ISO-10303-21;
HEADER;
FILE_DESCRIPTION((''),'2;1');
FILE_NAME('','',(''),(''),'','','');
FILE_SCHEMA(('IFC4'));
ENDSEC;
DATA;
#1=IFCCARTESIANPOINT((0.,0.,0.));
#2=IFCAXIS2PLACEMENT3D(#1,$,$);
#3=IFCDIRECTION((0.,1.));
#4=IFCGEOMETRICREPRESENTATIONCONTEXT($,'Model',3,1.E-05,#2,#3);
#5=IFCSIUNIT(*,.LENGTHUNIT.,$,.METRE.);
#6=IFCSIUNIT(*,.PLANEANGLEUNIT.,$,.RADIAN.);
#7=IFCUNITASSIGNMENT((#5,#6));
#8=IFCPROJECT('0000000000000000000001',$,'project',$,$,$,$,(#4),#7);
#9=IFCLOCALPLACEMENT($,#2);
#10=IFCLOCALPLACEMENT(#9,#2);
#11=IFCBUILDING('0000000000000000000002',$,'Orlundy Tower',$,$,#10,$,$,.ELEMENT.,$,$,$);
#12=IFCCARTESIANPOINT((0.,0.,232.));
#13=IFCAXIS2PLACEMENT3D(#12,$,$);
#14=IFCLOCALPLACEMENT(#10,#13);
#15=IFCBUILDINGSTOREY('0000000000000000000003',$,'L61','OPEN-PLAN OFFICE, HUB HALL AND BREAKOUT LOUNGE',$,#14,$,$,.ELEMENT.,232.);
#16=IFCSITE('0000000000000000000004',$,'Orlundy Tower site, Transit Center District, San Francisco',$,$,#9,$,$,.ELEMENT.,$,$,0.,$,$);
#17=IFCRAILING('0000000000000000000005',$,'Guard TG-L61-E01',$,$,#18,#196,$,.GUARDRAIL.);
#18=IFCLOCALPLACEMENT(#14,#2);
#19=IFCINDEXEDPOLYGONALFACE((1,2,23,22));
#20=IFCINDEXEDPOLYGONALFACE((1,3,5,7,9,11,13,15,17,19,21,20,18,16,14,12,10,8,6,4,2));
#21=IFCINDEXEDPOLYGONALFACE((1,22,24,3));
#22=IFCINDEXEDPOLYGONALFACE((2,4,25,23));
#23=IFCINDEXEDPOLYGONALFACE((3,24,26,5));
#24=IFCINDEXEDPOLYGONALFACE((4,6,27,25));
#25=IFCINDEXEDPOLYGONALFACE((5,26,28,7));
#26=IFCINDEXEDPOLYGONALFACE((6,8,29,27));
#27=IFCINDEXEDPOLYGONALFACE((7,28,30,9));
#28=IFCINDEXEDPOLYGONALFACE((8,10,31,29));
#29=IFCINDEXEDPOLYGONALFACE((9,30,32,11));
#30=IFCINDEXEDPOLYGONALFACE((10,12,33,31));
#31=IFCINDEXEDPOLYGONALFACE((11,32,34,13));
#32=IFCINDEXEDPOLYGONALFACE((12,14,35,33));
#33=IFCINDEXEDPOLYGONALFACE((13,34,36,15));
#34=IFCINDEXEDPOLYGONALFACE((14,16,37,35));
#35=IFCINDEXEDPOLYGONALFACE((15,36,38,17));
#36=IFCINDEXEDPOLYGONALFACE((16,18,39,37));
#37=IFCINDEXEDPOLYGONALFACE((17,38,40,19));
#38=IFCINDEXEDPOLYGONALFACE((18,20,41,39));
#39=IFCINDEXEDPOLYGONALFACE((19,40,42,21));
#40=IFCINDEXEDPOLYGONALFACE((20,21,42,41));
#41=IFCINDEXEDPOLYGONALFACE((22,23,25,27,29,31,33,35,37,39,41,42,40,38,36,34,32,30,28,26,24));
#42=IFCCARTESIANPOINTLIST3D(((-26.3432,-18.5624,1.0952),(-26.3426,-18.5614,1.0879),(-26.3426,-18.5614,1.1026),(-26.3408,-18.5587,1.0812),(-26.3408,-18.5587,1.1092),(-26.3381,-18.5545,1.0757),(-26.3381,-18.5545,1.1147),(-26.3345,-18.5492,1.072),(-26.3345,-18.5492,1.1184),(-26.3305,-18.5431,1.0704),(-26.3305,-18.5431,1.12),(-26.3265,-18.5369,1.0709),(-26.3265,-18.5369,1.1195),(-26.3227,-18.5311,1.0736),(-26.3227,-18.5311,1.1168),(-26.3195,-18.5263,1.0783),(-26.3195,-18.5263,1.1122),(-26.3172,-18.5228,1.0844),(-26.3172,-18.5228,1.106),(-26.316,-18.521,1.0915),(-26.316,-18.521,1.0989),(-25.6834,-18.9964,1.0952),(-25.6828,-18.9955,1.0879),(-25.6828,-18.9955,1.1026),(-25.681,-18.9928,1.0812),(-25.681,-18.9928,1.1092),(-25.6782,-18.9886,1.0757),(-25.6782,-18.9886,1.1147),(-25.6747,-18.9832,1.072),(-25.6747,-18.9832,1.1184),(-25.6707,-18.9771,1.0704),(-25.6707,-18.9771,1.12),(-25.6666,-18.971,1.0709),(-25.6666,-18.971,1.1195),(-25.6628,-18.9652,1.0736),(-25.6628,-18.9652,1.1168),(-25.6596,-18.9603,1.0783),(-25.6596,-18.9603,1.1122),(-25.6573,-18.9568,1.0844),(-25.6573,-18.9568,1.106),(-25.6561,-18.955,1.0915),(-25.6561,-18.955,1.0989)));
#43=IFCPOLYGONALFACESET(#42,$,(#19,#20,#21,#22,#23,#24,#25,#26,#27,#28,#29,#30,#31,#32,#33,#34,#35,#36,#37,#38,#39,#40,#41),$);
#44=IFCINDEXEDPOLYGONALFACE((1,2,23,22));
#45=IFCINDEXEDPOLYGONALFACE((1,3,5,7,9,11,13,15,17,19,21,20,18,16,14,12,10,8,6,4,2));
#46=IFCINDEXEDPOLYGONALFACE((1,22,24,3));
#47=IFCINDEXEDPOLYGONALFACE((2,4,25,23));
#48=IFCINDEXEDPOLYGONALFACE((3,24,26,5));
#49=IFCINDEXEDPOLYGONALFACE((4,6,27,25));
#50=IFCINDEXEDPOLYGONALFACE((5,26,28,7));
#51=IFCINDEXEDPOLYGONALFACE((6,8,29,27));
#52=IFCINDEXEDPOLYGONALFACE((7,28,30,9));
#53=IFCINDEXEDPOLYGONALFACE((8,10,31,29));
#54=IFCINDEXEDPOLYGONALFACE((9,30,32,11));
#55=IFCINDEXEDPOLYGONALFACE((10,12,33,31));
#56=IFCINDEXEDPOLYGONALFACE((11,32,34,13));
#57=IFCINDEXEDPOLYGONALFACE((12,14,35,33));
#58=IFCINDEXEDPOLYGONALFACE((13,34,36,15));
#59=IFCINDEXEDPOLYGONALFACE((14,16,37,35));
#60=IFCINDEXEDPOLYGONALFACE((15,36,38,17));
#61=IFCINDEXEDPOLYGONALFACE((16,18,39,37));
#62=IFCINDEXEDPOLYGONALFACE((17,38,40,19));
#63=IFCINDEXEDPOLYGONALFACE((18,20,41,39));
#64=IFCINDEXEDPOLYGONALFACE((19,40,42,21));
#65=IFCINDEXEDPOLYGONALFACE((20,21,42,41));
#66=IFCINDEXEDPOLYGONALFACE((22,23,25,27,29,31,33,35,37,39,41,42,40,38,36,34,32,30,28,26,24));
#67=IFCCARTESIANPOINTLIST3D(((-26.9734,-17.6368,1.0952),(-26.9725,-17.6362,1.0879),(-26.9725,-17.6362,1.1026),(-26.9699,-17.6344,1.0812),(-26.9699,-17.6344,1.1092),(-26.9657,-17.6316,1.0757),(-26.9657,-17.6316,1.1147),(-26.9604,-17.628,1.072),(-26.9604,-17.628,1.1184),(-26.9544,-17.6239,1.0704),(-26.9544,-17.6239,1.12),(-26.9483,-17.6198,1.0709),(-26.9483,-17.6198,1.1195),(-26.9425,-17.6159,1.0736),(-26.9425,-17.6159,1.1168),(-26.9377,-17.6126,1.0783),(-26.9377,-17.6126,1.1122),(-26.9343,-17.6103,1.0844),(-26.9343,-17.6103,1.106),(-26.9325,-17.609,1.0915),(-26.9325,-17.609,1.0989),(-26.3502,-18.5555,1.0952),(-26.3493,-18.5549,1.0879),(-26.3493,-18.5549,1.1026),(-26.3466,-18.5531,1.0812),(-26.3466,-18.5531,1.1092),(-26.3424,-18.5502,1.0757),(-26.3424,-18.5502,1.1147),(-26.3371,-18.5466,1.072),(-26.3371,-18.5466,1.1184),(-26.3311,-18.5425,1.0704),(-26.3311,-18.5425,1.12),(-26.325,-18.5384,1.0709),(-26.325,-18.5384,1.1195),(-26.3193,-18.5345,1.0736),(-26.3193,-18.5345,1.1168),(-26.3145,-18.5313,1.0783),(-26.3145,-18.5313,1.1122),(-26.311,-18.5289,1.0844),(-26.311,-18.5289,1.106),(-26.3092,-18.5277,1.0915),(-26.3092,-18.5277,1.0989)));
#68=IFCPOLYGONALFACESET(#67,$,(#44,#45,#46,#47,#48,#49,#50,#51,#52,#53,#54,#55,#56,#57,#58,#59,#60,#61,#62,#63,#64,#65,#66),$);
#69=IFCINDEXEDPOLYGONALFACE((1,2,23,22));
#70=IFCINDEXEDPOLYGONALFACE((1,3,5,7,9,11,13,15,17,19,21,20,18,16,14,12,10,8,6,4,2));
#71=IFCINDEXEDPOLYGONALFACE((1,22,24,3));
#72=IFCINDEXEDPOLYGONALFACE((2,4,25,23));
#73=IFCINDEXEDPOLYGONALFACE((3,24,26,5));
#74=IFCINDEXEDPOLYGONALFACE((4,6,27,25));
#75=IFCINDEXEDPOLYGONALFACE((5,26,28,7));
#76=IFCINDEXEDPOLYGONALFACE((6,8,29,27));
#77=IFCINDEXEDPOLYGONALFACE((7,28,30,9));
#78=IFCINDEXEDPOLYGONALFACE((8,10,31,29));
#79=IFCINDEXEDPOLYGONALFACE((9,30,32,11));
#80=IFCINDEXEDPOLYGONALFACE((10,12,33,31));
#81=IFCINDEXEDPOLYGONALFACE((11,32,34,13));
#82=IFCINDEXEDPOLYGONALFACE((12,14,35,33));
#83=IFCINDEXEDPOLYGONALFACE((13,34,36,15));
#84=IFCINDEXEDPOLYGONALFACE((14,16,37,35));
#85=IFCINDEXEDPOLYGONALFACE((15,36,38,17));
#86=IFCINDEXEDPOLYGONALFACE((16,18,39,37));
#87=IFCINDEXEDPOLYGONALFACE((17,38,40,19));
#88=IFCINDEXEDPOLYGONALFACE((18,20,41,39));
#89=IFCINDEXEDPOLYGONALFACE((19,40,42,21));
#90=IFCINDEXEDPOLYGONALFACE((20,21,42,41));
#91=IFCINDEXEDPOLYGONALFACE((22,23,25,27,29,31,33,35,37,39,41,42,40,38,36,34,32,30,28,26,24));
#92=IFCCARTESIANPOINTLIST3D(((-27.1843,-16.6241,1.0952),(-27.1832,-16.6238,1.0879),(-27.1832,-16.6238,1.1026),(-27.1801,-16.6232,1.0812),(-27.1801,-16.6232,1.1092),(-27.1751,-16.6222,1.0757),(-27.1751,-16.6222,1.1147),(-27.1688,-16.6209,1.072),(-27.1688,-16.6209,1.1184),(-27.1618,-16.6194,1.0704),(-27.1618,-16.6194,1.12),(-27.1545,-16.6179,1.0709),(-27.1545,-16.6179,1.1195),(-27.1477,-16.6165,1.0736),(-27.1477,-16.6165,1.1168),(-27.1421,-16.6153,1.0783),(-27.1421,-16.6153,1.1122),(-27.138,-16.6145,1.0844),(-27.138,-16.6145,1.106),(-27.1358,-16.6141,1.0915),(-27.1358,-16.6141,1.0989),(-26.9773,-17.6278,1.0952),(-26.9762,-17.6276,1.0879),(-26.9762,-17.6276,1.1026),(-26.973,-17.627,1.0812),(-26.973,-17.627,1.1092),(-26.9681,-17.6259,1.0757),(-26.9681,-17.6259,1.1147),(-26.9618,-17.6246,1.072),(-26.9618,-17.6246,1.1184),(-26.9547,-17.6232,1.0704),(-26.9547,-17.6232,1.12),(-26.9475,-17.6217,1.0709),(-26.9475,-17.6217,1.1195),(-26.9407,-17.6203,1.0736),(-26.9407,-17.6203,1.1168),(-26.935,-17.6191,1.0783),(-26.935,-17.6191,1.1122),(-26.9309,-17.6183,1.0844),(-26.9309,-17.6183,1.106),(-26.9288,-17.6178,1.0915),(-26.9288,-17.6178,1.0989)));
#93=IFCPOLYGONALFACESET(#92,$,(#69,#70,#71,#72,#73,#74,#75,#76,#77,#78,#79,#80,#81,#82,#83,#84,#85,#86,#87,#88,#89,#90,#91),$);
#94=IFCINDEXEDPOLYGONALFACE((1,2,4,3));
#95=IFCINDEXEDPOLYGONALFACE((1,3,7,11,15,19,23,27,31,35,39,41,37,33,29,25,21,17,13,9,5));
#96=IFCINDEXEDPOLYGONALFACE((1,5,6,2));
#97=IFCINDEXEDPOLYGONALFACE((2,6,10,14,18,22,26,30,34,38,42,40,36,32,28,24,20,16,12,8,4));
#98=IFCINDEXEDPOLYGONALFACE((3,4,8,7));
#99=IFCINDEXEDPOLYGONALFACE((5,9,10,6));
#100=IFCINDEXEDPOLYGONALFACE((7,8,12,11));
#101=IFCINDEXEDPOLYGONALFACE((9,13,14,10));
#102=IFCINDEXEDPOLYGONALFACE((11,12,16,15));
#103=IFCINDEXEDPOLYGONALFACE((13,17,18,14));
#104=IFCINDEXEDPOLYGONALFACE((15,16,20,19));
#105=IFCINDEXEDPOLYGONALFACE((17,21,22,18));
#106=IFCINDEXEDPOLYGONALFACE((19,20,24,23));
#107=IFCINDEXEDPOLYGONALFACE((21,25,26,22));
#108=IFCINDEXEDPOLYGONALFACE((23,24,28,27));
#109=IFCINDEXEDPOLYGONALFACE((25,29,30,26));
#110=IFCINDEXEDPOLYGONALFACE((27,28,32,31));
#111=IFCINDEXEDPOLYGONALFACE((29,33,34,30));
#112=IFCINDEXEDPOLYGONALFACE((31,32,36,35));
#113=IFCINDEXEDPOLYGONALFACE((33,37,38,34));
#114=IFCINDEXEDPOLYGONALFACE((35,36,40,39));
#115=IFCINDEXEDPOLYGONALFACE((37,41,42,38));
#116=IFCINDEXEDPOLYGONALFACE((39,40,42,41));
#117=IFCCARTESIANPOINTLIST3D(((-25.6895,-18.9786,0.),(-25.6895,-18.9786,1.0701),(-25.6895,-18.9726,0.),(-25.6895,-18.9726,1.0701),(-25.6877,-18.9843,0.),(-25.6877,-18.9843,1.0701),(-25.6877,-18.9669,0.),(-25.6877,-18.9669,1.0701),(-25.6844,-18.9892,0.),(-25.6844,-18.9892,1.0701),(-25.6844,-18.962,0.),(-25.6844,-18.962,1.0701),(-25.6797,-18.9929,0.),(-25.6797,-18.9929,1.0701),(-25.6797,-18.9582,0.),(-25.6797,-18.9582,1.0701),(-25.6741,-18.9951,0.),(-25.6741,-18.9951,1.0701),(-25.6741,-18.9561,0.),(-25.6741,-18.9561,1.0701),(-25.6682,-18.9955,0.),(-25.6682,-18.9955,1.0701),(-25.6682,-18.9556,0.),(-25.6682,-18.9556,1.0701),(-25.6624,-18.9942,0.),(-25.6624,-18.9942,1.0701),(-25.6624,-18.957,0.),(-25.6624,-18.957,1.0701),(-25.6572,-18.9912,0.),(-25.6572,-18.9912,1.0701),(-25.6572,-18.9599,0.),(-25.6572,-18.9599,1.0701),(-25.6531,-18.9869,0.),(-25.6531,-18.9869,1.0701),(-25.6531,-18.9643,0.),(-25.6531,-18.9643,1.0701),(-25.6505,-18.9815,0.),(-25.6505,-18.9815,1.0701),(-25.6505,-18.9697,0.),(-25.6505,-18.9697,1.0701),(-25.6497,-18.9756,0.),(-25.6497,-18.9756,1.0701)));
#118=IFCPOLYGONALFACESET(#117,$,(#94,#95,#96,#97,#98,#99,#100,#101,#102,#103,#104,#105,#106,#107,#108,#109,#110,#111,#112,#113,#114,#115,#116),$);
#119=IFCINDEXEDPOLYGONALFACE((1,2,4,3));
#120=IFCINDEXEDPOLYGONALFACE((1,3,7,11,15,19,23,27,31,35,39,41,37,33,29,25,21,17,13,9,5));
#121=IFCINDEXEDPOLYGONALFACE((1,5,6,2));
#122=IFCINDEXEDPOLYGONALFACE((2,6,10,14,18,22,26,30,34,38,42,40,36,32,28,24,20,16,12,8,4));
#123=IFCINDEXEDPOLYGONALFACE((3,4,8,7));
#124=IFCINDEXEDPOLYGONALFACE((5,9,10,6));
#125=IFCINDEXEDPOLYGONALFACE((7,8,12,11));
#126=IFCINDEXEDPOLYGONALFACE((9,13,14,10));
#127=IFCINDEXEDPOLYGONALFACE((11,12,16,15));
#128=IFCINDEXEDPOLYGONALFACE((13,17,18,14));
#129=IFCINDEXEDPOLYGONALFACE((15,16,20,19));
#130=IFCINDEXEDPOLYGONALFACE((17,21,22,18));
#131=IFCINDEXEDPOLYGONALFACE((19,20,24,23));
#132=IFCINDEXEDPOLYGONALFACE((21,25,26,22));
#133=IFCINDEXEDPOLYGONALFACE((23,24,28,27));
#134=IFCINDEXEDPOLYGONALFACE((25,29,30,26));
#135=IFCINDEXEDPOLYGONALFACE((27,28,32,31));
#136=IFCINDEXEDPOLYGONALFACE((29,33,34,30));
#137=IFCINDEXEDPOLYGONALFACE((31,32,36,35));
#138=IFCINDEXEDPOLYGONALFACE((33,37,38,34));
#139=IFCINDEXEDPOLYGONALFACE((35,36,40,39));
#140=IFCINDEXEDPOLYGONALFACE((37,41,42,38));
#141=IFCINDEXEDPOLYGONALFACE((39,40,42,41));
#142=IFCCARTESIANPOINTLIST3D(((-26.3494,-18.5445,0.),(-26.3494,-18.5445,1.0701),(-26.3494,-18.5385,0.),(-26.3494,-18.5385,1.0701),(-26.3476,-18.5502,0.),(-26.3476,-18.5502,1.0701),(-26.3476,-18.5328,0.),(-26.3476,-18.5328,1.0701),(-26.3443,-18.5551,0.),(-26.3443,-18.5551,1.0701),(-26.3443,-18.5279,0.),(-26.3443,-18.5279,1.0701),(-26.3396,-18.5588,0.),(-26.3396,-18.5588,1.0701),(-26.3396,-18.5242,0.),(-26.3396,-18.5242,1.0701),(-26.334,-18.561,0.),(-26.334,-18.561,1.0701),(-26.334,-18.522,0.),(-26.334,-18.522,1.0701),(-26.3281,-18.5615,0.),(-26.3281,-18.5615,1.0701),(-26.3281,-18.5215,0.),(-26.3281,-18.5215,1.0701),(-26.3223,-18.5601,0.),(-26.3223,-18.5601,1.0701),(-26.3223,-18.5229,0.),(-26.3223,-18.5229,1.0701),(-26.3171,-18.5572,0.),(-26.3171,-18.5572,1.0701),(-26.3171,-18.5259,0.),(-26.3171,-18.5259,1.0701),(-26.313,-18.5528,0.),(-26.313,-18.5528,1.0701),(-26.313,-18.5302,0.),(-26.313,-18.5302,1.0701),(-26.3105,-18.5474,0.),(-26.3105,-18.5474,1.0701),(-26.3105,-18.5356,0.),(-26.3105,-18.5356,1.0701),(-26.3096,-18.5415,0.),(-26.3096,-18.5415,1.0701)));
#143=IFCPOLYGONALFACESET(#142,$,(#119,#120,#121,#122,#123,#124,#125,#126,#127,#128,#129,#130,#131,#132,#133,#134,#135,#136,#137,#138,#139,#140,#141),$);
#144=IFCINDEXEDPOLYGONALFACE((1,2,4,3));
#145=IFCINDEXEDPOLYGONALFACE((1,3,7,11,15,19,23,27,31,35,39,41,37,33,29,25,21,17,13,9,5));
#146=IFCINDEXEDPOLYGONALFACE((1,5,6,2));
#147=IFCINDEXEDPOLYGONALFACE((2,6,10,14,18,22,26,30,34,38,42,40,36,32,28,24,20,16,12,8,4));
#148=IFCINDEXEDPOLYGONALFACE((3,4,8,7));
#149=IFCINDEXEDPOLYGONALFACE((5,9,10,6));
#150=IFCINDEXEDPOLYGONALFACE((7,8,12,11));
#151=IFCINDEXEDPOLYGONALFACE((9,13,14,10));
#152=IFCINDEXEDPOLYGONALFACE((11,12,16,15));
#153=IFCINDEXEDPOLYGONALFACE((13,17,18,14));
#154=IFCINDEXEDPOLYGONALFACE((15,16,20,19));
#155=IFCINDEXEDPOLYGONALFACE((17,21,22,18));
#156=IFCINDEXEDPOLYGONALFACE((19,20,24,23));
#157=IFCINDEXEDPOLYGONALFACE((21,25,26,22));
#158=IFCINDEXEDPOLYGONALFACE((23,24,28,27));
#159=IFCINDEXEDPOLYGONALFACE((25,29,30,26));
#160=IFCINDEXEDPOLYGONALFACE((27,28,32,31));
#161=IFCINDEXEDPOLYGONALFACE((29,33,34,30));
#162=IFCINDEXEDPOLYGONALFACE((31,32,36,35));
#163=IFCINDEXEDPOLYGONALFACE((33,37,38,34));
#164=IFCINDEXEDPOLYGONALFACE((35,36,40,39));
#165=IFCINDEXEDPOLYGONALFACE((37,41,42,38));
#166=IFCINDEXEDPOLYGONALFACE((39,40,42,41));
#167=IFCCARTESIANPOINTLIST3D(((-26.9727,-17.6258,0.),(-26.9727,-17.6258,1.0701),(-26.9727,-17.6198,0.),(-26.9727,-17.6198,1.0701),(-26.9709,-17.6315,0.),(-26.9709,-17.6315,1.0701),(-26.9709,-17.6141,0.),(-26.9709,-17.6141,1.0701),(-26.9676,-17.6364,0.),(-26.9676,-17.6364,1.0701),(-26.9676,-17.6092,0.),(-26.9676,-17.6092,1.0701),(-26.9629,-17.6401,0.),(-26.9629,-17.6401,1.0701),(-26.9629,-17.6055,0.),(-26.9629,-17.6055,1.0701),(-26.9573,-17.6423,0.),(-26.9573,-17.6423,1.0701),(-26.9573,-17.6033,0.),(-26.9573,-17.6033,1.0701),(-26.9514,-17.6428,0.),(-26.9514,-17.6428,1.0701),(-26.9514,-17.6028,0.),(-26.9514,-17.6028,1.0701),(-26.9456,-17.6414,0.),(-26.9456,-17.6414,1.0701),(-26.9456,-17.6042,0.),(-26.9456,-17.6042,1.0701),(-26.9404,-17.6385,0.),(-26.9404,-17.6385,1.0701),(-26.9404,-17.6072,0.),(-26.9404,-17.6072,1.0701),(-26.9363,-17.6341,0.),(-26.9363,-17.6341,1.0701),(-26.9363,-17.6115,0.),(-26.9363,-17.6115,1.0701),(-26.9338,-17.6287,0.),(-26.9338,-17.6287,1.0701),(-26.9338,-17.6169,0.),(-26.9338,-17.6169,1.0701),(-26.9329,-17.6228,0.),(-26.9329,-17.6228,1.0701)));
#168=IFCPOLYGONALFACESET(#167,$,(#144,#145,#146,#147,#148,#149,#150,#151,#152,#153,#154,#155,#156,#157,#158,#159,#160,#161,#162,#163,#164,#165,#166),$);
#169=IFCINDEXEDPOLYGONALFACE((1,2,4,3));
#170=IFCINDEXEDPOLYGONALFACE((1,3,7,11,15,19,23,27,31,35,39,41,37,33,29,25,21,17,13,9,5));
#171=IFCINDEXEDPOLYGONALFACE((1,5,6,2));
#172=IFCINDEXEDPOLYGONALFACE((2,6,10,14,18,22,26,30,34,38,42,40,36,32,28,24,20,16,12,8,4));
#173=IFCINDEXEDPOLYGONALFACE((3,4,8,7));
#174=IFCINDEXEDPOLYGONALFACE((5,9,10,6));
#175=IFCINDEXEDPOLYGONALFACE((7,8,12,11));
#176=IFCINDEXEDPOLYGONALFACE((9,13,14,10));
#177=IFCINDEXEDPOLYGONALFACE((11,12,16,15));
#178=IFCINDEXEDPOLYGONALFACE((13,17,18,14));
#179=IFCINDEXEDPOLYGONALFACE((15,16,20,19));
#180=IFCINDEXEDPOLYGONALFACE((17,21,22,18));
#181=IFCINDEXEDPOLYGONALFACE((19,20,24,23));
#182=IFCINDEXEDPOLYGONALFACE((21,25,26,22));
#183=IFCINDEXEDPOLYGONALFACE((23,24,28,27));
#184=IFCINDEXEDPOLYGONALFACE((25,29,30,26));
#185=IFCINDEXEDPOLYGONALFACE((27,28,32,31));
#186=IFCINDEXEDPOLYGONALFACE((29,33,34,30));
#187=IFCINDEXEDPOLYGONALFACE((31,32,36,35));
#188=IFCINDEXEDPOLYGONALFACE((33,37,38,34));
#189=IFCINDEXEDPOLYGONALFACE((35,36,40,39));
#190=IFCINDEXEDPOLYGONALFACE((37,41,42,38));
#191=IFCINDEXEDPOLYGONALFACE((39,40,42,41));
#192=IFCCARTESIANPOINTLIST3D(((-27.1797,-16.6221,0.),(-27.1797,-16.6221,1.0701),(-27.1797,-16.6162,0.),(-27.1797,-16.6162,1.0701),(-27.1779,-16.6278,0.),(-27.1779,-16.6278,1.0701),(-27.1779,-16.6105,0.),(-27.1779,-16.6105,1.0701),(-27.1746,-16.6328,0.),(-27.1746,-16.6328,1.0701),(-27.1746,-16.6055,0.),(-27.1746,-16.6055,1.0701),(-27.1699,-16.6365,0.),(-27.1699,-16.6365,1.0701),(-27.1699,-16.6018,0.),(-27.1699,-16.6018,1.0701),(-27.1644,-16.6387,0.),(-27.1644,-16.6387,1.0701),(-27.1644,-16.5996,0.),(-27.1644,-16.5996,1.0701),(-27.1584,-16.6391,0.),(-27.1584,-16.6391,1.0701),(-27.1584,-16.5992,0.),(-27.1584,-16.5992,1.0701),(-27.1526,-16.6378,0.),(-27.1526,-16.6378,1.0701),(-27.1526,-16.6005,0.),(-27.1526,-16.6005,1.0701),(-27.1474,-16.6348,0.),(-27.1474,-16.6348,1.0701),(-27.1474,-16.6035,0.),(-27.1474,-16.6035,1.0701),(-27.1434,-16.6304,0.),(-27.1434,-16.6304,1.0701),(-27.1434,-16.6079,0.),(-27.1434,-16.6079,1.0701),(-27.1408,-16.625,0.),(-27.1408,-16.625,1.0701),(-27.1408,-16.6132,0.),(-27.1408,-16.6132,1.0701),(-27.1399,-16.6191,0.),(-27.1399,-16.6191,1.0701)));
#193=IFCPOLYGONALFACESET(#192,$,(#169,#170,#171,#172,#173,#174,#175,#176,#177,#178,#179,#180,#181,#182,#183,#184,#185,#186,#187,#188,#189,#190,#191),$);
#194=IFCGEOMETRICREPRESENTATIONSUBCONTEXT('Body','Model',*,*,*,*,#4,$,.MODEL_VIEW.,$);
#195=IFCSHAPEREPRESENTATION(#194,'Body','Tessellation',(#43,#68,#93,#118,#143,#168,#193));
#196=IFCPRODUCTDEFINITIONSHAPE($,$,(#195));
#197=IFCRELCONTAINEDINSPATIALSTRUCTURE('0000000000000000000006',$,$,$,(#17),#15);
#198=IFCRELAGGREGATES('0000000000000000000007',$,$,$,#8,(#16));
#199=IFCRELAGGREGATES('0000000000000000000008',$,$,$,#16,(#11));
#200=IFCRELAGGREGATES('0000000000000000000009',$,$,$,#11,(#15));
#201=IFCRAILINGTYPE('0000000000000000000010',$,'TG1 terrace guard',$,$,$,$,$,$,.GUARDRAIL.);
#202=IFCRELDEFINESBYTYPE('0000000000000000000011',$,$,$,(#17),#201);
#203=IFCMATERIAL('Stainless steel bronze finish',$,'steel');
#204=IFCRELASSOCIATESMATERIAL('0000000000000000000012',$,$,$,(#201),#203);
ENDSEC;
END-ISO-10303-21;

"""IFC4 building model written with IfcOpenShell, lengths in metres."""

from ifc_helpers import new_model, si_unit, direction, frame, origin, origin_2d, place, context, subcontext, project, spatial, circle, extrude, material, type_object, element, save


model = new_model("IFC4")

# Units and contexts
model_context = context("Model", 3, precision=1e-05, world=origin(), true_north=direction((0.0, 1.0)))
body_context = subcontext(model_context, "Body", "Model", "MODEL_VIEW")
ifc_project = project(units=[si_unit("LENGTHUNIT", "METRE"), si_unit("PLANEANGLEUNIT", "RADIAN")], contexts=[model_context])

# Site, building, storey
site_placement = place(None, origin())
site = spatial("IfcSite", under=ifc_project, at=site_placement, Name="Orlundy Tower site, Transit Center District, San Francisco", CompositionType="ELEMENT", RefElevation=0.0)
building_placement = place(site_placement, origin())
building = spatial("IfcBuilding", under=site, at=building_placement, Name="Orlundy Tower", CompositionType="ELEMENT")
storey_placement = place(building_placement, frame((0.0, 0.0, 232.0)))
storey = spatial("IfcBuildingStorey", under=building, at=storey_placement, Name="L61", Description="OPEN-PLAN OFFICE, HUB HALL AND BREAKOUT LOUNGE", CompositionType="ELEMENT", Elevation=232.0)

# Railing
ifc_material_1 = material(Name="Stainless steel bronze finish", Category="steel")
railing_type = type_object("IfcRailingType", Name="TG1 terrace guard", PredefinedType="GUARDRAIL", material=ifc_material_1)
railing_placement = place(storey_placement, frame((-25.6697, -18.9756, 0.0)))
element("IfcRailing", 1, at=railing_placement, inside=storey, type_object=railing_type, Name="Guard TG-L61-E01", PredefinedType="GUARDRAIL", context=body_context, shape_type="SweptSolid", body=[
    extrude(circle(Radius=0.0249, at=origin_2d()), frame((0.0, 0.0, 1.0952), z_axis=(-0.835458, 0.549554, 0.0), x_axis=(-0.549554, -0.835458, 0.0)), (0.0, 0.0, 1.0), 0.7898),
    extrude(circle(Radius=0.0249, at=origin_2d()), frame((-0.6599, 0.4341, 1.0952), z_axis=(-0.561432, 0.827523, 0.0), x_axis=(-0.827523, -0.561432, 0.0)), (0.0, 0.0, 1.0), 1.1101),
    extrude(circle(Radius=0.0249, at=origin_2d()), frame((-1.2832, 1.3528, 1.0952), z_axis=(-0.202023, 0.979381, 0.0), x_axis=(-0.979381, -0.202023, 0.0)), (0.0, 0.0, 1.0), 1.0249),
    extrude(circle(Radius=0.02, at=origin_2d()), origin(), (0.0, 0.0, 1.0), 1.0701),
    extrude(circle(Radius=0.02, at=origin_2d()), frame((-0.6599, 0.4341, 0.0)), (0.0, 0.0, 1.0), 1.0701),
    extrude(circle(Radius=0.02, at=origin_2d()), frame((-1.2832, 1.3528, 0.0)), (0.0, 0.0, 1.0), 1.0701),
    extrude(circle(Radius=0.02, at=origin_2d()), frame((-1.4902, 2.3564, 0.0)), (0.0, 0.0, 1.0), 1.0701),
])

save(model, "model.ifc")
